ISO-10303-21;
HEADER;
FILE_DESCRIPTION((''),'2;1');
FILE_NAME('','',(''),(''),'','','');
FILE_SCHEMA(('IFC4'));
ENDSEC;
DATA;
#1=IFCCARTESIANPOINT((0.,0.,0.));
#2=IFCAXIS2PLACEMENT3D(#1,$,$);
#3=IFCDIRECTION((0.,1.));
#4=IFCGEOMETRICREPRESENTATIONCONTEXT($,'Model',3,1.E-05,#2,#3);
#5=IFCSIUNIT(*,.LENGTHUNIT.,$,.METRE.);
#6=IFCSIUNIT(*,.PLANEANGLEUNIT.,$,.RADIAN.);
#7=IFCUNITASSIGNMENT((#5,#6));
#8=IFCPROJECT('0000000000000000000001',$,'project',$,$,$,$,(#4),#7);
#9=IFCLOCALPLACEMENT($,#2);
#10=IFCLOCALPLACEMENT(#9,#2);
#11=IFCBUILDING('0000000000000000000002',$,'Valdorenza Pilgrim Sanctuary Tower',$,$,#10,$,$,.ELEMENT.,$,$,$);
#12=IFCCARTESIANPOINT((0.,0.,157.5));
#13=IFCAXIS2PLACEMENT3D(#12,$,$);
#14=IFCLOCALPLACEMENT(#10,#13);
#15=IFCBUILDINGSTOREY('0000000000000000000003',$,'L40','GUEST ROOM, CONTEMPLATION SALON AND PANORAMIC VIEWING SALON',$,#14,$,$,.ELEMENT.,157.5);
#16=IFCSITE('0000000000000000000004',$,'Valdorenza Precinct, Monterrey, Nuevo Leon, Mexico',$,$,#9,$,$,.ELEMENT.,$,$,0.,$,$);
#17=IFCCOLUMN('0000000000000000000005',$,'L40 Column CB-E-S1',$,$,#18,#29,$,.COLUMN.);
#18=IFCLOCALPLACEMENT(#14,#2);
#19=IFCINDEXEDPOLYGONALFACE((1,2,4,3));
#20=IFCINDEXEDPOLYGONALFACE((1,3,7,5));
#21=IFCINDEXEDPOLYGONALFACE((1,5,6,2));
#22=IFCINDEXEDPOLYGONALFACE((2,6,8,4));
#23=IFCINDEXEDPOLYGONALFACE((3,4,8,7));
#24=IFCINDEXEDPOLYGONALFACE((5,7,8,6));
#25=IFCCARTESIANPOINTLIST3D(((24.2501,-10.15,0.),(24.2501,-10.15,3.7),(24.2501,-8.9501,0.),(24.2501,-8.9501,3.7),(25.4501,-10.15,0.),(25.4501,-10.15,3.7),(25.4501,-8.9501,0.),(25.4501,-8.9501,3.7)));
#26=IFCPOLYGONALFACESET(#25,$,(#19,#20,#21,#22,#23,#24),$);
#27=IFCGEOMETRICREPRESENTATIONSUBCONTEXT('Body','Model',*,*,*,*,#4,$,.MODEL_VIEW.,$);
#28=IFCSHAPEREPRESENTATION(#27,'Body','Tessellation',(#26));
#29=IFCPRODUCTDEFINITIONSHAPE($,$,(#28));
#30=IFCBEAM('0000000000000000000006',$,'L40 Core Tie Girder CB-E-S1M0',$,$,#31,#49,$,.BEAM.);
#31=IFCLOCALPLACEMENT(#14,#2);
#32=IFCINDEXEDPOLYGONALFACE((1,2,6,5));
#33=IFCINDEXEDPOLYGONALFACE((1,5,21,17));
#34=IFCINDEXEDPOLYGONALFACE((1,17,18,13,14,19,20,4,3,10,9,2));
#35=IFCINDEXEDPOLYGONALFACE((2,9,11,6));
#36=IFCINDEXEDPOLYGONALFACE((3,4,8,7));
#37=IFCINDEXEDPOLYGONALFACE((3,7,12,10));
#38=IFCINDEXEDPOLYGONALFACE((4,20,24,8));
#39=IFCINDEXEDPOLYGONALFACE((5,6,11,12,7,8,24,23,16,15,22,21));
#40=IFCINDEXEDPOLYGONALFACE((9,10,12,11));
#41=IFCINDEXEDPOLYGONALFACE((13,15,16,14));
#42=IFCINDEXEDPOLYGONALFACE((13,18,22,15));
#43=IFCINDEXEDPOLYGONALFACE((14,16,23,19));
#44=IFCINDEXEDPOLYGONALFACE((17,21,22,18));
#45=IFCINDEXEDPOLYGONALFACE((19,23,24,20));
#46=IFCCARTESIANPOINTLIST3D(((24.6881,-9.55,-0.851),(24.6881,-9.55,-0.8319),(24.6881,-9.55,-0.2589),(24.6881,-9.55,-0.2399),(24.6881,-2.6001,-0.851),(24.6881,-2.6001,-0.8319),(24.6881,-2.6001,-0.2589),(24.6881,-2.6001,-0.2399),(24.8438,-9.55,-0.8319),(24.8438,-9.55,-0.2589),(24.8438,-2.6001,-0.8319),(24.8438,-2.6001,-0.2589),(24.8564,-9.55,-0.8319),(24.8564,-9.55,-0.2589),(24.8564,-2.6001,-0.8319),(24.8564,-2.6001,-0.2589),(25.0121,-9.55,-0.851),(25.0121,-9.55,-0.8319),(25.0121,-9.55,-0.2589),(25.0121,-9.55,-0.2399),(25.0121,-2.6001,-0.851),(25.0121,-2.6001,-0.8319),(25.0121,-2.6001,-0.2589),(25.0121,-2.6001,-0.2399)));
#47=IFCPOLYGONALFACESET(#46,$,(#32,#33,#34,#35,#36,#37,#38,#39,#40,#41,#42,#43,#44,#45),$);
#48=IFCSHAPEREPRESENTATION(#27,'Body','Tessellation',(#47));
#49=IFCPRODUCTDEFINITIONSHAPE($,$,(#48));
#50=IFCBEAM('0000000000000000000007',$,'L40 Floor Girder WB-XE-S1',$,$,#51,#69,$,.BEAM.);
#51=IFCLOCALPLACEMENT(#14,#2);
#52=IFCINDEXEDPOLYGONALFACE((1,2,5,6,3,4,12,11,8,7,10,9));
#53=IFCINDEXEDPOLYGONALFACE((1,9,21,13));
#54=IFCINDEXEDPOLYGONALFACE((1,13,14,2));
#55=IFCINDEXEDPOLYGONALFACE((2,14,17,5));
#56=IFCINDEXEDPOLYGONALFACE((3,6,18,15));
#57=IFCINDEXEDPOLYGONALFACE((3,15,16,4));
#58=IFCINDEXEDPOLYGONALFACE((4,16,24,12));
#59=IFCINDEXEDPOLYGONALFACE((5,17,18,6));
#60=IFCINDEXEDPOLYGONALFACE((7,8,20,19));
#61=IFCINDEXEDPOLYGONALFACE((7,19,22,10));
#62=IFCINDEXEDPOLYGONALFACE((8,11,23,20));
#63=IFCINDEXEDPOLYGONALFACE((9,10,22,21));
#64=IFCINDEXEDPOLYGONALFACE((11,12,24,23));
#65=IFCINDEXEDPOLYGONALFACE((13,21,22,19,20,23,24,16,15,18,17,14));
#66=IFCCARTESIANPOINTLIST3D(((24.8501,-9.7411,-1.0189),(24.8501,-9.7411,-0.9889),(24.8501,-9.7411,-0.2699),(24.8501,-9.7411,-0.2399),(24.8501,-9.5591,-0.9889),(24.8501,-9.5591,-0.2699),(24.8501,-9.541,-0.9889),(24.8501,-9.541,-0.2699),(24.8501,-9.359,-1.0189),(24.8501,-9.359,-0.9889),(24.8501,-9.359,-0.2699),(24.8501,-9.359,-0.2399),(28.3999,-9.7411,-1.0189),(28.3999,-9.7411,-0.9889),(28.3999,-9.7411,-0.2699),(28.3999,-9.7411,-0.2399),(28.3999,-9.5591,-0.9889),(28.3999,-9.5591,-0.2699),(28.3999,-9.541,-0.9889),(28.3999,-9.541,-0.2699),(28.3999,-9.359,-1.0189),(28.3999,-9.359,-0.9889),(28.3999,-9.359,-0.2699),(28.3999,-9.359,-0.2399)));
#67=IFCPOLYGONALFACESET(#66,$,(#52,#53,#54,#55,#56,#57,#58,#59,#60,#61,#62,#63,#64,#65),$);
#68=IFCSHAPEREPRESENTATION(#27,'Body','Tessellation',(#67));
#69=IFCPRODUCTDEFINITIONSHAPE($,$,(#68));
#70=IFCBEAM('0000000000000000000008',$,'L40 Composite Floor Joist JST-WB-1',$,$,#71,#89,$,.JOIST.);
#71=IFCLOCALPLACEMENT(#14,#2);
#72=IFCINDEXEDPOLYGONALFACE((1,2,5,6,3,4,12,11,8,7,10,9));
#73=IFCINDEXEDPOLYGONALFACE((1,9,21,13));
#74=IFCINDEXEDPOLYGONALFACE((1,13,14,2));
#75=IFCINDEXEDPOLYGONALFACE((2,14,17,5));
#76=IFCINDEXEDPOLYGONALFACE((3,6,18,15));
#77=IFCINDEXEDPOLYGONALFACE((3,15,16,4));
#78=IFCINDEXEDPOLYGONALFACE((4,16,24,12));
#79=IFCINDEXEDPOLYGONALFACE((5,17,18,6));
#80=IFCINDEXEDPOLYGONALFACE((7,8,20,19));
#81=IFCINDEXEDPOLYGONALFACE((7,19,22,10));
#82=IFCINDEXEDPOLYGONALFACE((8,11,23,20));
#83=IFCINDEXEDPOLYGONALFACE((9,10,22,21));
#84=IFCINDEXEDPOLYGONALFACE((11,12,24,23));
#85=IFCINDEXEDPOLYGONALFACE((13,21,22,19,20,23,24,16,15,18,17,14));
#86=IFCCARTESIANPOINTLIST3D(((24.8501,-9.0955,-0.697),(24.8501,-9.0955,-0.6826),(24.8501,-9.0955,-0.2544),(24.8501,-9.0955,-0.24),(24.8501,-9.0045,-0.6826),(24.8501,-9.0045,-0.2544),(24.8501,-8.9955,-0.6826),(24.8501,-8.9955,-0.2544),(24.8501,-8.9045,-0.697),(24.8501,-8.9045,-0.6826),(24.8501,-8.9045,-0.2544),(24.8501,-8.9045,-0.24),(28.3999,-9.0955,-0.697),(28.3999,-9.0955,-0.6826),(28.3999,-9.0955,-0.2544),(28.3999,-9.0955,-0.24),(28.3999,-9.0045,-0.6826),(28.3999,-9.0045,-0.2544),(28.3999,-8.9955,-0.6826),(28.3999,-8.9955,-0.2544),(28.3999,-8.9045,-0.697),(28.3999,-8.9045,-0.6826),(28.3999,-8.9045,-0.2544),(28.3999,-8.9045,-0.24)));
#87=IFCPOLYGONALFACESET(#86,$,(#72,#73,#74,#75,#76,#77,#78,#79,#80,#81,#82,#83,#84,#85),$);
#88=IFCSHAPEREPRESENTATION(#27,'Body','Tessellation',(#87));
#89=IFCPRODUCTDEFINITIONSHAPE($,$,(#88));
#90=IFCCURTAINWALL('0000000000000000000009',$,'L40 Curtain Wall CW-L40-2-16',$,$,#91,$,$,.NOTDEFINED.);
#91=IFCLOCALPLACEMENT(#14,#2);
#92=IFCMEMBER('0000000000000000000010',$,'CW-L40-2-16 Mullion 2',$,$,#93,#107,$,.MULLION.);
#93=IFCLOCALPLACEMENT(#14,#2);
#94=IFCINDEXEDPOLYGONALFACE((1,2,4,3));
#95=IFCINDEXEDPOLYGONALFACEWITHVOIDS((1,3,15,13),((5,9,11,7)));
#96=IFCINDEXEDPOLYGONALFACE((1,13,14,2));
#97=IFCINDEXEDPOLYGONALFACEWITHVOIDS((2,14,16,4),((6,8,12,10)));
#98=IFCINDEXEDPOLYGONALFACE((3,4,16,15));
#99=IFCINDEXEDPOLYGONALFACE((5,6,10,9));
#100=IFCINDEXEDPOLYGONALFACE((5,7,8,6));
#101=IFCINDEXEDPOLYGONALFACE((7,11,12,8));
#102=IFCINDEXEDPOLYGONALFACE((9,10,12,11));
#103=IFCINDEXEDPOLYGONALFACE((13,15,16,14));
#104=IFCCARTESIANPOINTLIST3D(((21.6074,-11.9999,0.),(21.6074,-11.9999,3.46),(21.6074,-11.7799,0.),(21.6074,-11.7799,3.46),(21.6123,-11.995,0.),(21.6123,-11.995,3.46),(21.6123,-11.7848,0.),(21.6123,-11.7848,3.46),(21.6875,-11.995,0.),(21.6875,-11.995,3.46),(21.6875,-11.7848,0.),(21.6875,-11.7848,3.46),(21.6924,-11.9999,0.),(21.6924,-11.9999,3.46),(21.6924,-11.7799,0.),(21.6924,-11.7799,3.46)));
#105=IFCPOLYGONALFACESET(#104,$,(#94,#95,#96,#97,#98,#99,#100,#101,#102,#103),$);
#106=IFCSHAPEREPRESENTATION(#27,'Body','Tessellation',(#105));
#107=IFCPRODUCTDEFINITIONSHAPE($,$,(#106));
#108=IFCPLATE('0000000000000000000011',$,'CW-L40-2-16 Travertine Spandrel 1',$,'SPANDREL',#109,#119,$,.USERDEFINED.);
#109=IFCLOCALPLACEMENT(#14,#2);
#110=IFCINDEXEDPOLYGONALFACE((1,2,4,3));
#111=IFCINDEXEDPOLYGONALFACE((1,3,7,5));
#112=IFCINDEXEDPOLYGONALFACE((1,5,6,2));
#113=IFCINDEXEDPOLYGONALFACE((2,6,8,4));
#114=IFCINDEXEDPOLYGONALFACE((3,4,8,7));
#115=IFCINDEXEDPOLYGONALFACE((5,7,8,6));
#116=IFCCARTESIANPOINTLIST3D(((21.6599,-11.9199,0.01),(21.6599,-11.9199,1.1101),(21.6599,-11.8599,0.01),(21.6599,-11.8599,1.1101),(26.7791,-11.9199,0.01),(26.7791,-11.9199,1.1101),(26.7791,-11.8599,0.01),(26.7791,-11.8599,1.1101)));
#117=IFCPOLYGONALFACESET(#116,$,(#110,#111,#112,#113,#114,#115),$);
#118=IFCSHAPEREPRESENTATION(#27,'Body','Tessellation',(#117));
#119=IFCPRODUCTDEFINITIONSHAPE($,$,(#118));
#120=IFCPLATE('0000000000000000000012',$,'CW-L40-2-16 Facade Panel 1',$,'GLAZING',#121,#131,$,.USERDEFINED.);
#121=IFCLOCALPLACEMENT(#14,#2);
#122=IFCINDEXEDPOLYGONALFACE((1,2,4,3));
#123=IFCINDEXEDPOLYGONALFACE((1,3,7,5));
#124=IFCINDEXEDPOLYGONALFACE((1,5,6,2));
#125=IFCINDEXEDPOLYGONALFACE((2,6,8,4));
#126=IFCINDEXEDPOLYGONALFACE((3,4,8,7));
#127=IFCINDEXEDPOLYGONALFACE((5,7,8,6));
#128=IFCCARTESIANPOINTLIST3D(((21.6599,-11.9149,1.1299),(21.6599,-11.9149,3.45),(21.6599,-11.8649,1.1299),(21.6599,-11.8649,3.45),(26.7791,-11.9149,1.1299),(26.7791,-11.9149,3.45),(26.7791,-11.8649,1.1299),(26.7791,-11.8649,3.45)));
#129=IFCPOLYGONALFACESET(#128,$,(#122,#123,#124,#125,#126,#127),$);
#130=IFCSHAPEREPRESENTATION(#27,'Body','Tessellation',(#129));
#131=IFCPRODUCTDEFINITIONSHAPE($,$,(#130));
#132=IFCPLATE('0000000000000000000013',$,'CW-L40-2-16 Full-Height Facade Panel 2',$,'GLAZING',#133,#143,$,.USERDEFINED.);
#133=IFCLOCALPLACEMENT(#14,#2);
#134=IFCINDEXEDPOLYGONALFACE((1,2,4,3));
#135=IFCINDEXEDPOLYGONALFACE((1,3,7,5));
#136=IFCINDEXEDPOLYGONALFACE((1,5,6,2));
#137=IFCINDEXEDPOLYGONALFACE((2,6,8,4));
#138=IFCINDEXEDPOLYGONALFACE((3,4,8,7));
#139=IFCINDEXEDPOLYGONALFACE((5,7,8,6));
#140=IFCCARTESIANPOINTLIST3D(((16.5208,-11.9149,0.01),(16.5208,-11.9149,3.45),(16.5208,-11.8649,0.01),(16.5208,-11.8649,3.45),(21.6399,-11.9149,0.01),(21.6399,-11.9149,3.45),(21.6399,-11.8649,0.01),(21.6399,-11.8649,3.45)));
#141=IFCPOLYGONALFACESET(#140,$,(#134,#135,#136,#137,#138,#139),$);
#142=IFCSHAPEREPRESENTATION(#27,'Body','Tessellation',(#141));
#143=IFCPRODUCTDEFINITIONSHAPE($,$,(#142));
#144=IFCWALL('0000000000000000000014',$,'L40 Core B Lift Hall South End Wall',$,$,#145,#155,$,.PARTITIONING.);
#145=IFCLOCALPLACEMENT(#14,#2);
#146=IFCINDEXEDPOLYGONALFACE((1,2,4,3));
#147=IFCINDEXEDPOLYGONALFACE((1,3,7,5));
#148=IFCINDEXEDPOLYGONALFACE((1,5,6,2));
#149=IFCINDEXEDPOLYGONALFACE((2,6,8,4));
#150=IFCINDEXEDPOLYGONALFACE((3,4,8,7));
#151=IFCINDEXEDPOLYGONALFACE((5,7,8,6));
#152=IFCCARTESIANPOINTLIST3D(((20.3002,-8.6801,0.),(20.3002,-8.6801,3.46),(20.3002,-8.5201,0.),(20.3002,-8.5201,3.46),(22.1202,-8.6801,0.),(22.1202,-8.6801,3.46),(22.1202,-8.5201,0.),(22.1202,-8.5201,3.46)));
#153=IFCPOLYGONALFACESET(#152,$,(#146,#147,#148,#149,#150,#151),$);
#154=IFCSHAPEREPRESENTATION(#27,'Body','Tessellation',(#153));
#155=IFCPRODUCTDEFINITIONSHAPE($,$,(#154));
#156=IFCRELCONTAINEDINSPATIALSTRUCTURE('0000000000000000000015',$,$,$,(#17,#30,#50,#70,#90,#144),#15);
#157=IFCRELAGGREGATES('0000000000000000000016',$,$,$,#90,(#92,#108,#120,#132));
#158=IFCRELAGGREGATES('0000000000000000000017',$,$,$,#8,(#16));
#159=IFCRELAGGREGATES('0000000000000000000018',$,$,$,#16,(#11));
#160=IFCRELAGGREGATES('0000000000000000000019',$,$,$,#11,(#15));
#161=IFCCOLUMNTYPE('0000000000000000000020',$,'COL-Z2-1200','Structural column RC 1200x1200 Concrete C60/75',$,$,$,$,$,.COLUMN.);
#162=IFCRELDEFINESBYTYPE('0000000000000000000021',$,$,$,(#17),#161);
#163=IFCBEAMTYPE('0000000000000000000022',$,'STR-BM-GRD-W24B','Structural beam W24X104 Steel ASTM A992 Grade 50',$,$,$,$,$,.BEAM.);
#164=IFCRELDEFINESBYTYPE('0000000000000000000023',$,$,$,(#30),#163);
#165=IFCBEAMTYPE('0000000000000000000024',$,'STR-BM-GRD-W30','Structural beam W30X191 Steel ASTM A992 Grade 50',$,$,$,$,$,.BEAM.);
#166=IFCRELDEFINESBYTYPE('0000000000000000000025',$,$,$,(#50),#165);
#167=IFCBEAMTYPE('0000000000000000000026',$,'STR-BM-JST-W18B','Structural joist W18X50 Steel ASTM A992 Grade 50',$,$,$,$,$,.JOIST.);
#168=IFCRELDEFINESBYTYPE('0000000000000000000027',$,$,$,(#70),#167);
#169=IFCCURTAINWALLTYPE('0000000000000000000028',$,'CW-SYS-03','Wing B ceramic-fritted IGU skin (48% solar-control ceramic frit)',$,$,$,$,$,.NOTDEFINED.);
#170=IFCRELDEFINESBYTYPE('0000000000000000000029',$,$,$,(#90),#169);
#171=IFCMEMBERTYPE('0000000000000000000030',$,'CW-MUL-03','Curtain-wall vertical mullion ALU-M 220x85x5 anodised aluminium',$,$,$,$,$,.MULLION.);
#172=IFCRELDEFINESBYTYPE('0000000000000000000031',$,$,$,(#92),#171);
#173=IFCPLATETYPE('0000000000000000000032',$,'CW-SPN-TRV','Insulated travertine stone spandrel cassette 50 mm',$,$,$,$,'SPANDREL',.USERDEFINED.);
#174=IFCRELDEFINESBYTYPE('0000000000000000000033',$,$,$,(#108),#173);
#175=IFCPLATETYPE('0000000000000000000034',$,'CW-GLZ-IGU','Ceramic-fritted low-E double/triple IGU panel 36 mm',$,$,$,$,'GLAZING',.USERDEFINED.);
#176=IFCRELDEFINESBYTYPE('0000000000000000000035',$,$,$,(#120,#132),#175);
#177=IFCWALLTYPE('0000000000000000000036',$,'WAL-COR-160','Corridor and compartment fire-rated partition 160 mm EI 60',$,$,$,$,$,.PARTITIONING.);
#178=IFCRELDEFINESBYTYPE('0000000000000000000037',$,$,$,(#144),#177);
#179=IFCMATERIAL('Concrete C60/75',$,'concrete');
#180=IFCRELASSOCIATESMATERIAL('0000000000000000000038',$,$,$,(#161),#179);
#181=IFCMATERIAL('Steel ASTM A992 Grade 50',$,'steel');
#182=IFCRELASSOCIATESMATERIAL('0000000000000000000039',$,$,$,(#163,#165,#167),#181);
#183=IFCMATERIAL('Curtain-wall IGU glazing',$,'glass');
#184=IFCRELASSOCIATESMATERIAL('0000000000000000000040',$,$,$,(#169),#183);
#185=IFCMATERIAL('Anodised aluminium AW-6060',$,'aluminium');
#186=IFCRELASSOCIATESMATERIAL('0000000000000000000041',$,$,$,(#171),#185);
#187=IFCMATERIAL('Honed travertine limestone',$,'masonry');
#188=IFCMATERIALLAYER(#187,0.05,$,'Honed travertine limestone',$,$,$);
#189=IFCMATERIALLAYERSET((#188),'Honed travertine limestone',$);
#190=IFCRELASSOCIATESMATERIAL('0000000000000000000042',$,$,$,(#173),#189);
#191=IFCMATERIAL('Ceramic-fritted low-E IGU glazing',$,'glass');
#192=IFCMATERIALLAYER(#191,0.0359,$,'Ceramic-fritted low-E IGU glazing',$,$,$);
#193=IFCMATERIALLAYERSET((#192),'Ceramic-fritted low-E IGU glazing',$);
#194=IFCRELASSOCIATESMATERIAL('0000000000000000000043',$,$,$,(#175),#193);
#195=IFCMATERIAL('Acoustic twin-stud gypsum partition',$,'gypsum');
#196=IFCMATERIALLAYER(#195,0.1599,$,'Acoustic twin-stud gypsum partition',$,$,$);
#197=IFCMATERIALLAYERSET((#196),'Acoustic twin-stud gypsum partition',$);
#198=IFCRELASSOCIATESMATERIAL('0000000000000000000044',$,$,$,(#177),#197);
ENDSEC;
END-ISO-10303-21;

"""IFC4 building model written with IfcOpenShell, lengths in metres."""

from ifc_helpers import new_model, si_unit, direction, frame, frame_2d, origin, origin_2d, place, context, subcontext, project, spatial, rectangle, hollow_rectangle, i_section, extrude, source, transform, mapped, material, layer, layer_set, material_profile, profile_set, type_object, element, aggregate, save


model = new_model("IFC4")

# Units and contexts
model_context = context("Model", 3, precision=1e-05, world=origin(), true_north=direction((0.0, 1.0)))
body_context = subcontext(model_context, "Body", "Model", "MODEL_VIEW")
ifc_project = project(units=[si_unit("LENGTHUNIT", "METRE"), si_unit("PLANEANGLEUNIT", "RADIAN")], contexts=[model_context])

# Site, building, storey
site_placement = place(None, origin())
site = spatial("IfcSite", under=ifc_project, at=site_placement, Name="Valdorenza Precinct, Monterrey, Nuevo Leon, Mexico", CompositionType="ELEMENT", RefElevation=0.0)
building_placement = place(site_placement, origin())
building = spatial("IfcBuilding", under=site, at=building_placement, Name="Valdorenza Pilgrim Sanctuary Tower", CompositionType="ELEMENT")
storey_placement = place(building_placement, frame((0.0, 0.0, 157.5)))
storey = spatial("IfcBuildingStorey", under=building, at=storey_placement, Name="L40", Description="GUEST ROOM, CONTEMPLATION SALON AND PANORAMIC VIEWING SALON", CompositionType="ELEMENT", Elevation=157.5)

# Column
ifc_material_1 = material(Name="Concrete C60/75", Category="concrete")
ifc_material_profile_1 = material_profile(ifc_material_1, rectangle(XDim=1.2, YDim=1.2, at=origin_2d()), Name="RC 1200x1200")
ifc_profile_set_1 = profile_set([ifc_material_profile_1], Name="Concrete C60/75")
column_type = type_object("IfcColumnType", Name="COL-Z2-1200", Description="Structural column RC 1200x1200 Concrete C60/75", PredefinedType="COLUMN", material=ifc_profile_set_1)
shared_shape_1 = source(origin(), body_context, "Body", "SweptSolid", [
    extrude(rectangle(XDim=1.2, YDim=1.2, at=origin_2d()), origin(), (0.0, 0.0, 1.0), 3.7),
])
column_placement = place(storey_placement, frame((24.8501, -9.55, 0.0), z_axis=(0.0, 0.0, 1.0), x_axis=(1.0, 0.0, 0.0)))
element("IfcColumn", 1, at=column_placement, inside=storey, type_object=column_type, Name="L40 Column CB-E-S1", PredefinedType="COLUMN", context=body_context, shape_type="MappedRepresentation", body=[
    mapped(shared_shape_1, transform((0.0, 0.0, 0.0), x_axis=(1.0, 0.0, 0.0), y_axis=(0.0, 1.0, 0.0), z_axis=(0.0, 0.0, 1.0), scale=1.0)),
])

# Beams
ifc_material_2 = material(Name="Steel ASTM A992 Grade 50", Category="steel")
ifc_material_profile_2 = material_profile(ifc_material_2, i_section(OverallWidth=0.324, OverallDepth=0.6111, WebThickness=0.0127, FlangeThickness=0.019, at=origin_2d()), Name="W24X104")
ifc_profile_set_2 = profile_set([ifc_material_profile_2], Name="Steel ASTM A992 Grade 50")
beam_type_1 = type_object("IfcBeamType", Name="STR-BM-GRD-W24B", Description="Structural beam W24X104 Steel ASTM A992 Grade 50", PredefinedType="BEAM", material=ifc_profile_set_2)
shared_shape_2 = source(origin(), body_context, "Body", "SweptSolid", [
    extrude(i_section(OverallWidth=0.324, OverallDepth=0.6111, WebThickness=0.0127, FlangeThickness=0.019, at=origin_2d()), origin(), (0.0, 0.0, 1.0), 6.95),
])
beam_1_placement = place(storey_placement, frame((24.8501, -9.55, -0.5454), z_axis=(0.0, 1.0, 0.0), x_axis=(-1.0, 0.0, 0.0)))
element("IfcBeam", 2, at=beam_1_placement, inside=storey, type_object=beam_type_1, Name="L40 Core Tie Girder CB-E-S1M0", PredefinedType="BEAM", context=body_context, shape_type="MappedRepresentation", body=[
    mapped(shared_shape_2, transform((0.0, 0.0, 0.0), x_axis=(1.0, 0.0, 0.0), y_axis=(0.0, 1.0, 0.0), z_axis=(0.0, 0.0, 1.0), scale=1.0)),
])
ifc_material_profile_3 = material_profile(ifc_material_2, i_section(OverallWidth=0.3821, OverallDepth=0.7791, WebThickness=0.0181, FlangeThickness=0.03, at=origin_2d()), Name="W30X191")
ifc_profile_set_3 = profile_set([ifc_material_profile_3], Name="Steel ASTM A992 Grade 50")
beam_type_2 = type_object("IfcBeamType", Name="STR-BM-GRD-W30", Description="Structural beam W30X191 Steel ASTM A992 Grade 50", PredefinedType="BEAM", material=ifc_profile_set_3)
shared_shape_3 = source(origin(), body_context, "Body", "SweptSolid", [
    extrude(i_section(OverallWidth=0.3821, OverallDepth=0.7791, WebThickness=0.0181, FlangeThickness=0.03, at=origin_2d()), origin(), (0.0, 0.0, 1.0), 3.5498),
])
beam_2_placement = place(storey_placement, frame((24.8501, -9.55, -0.6294), z_axis=(1.0, 0.0, 0.0), x_axis=(0.0, 1.0, 0.0)))
element("IfcBeam", 3, at=beam_2_placement, inside=storey, type_object=beam_type_2, Name="L40 Floor Girder WB-XE-S1", PredefinedType="BEAM", context=body_context, shape_type="MappedRepresentation", body=[
    mapped(shared_shape_3, transform((0.0, 0.0, 0.0), x_axis=(1.0, 0.0, 0.0), y_axis=(0.0, 1.0, 0.0), z_axis=(0.0, 0.0, 1.0), scale=1.0)),
])
ifc_material_profile_4 = material_profile(ifc_material_2, i_section(OverallWidth=0.1909, OverallDepth=0.457, WebThickness=0.009, FlangeThickness=0.0144, at=origin_2d()), Name="W18X50")
ifc_profile_set_4 = profile_set([ifc_material_profile_4], Name="Steel ASTM A992 Grade 50")
beam_type_3 = type_object("IfcBeamType", Name="STR-BM-JST-W18B", Description="Structural joist W18X50 Steel ASTM A992 Grade 50", PredefinedType="JOIST", material=ifc_profile_set_4)
shared_shape_4 = source(origin(), body_context, "Body", "SweptSolid", [
    extrude(i_section(OverallWidth=0.1909, OverallDepth=0.457, WebThickness=0.009, FlangeThickness=0.0144, at=origin_2d()), origin(), (0.0, 0.0, 1.0), 3.5498),
])
beam_3_placement = place(storey_placement, frame((24.8501, -9.0, -0.4685), z_axis=(1.0, 0.0, 0.0), x_axis=(0.0, 1.0, 0.0)))
element("IfcBeam", 4, at=beam_3_placement, inside=storey, type_object=beam_type_3, Name="L40 Composite Floor Joist JST-WB-1", PredefinedType="JOIST", context=body_context, shape_type="MappedRepresentation", body=[
    mapped(shared_shape_4, transform((0.0, 0.0, 0.0), x_axis=(1.0, 0.0, 0.0), y_axis=(0.0, 1.0, 0.0), z_axis=(0.0, 0.0, 1.0), scale=1.0)),
])

# Curtain wall, member, plates
ifc_material_3 = material(Name="Curtain-wall IGU glazing", Category="glass")
curtain_wall_type = type_object("IfcCurtainWallType", Name="CW-SYS-03", Description="Wing B ceramic-fritted IGU skin (48% solar-control ceramic frit)", PredefinedType="NOTDEFINED", material=ifc_material_3)
curtain_wall_placement = place(storey_placement, origin())
curtain_wall = element("IfcCurtainWall", 5, at=curtain_wall_placement, inside=storey, type_object=curtain_wall_type, Name="L40 Curtain Wall CW-L40-2-16", PredefinedType="NOTDEFINED")
ifc_material_4 = material(Name="Anodised aluminium AW-6060", Category="aluminium")
ifc_material_profile_5 = material_profile(ifc_material_4, hollow_rectangle(XDim=0.085, YDim=0.22, WallThickness=0.0049, at=origin_2d()), Name="ALU-M 220x85x5")
ifc_profile_set_5 = profile_set([ifc_material_profile_5], Name="Anodised aluminium AW-6060")
member_type = type_object("IfcMemberType", Name="CW-MUL-03", Description="Curtain-wall vertical mullion ALU-M 220x85x5 anodised aluminium", PredefinedType="MULLION", material=ifc_profile_set_5)
shared_shape_5 = source(origin(), body_context, "Body", "SweptSolid", [
    extrude(hollow_rectangle(XDim=0.085, YDim=0.22, WallThickness=0.0049, at=origin_2d()), origin(), (0.0, 0.0, 1.0), 3.46),
])
member_placement = place(storey_placement, frame((21.6499, -11.8899, 0.0), z_axis=(0.0, 0.0, 1.0), x_axis=(-1.0, 0.0, 0.0)))
member = element("IfcMember", 6, at=member_placement, type_object=member_type, Name="CW-L40-2-16 Mullion 2", PredefinedType="MULLION", context=body_context, shape_type="MappedRepresentation", body=[
    mapped(shared_shape_5, transform((0.0, 0.0, 0.0), x_axis=(1.0, 0.0, 0.0), y_axis=(0.0, 1.0, 0.0), z_axis=(0.0, 0.0, 1.0), scale=1.0)),
])
ifc_material_5 = material(Name="Honed travertine limestone", Category="masonry")
ifc_layer_1 = layer(ifc_material_5, 0.05, Name="Honed travertine limestone")
ifc_layer_set_1 = layer_set([ifc_layer_1], Name="Honed travertine limestone")
plate_type_1 = type_object("IfcPlateType", Name="CW-SPN-TRV", Description="Insulated travertine stone spandrel cassette 50 mm", ElementType="SPANDREL", PredefinedType="USERDEFINED", material=ifc_layer_set_1)
shared_shape_6 = source(origin(), body_context, "Body", "SweptSolid", [
    extrude(rectangle(XDim=5.1191, YDim=0.0601, at=origin_2d()), origin(), (0.0, 0.0, 1.0), 1.1001),
])
plate_1_placement = place(storey_placement, frame((24.2195, -11.8899, 0.01), z_axis=(0.0, 0.0, 1.0), x_axis=(-1.0, 0.0, 0.0)))
plate_1 = element("IfcPlate", 7, at=plate_1_placement, type_object=plate_type_1, Name="CW-L40-2-16 Travertine Spandrel 1", ObjectType="SPANDREL", PredefinedType="USERDEFINED", context=body_context, shape_type="MappedRepresentation", body=[
    mapped(shared_shape_6, transform((0.0, 0.0, 0.0), x_axis=(1.0, 0.0, 0.0), y_axis=(0.0, 1.0, 0.0), z_axis=(0.0, 0.0, 1.0), scale=1.0)),
])
ifc_material_6 = material(Name="Ceramic-fritted low-E IGU glazing", Category="glass")
ifc_layer_2 = layer(ifc_material_6, 0.0359, Name="Ceramic-fritted low-E IGU glazing")
ifc_layer_set_2 = layer_set([ifc_layer_2], Name="Ceramic-fritted low-E IGU glazing")
plate_type_2 = type_object("IfcPlateType", Name="CW-GLZ-IGU", Description="Ceramic-fritted low-E double/triple IGU panel 36 mm", ElementType="GLAZING", PredefinedType="USERDEFINED", material=ifc_layer_set_2)
shared_shape_7 = source(origin(), body_context, "Body", "SweptSolid", [
    extrude(rectangle(XDim=5.1191, YDim=0.05, at=origin_2d()), origin(), (0.0, 0.0, 1.0), 2.3201),
])
plate_2_placement = place(storey_placement, frame((24.2195, -11.8899, 1.1299), z_axis=(0.0, 0.0, 1.0), x_axis=(-1.0, 0.0, 0.0)))
plate_2 = element("IfcPlate", 8, at=plate_2_placement, type_object=plate_type_2, Name="CW-L40-2-16 Facade Panel 1", ObjectType="GLAZING", PredefinedType="USERDEFINED", context=body_context, shape_type="MappedRepresentation", body=[
    mapped(shared_shape_7, transform((0.0, 0.0, 0.0), x_axis=(1.0, 0.0, 0.0), y_axis=(0.0, 1.0, 0.0), z_axis=(0.0, 0.0, 1.0), scale=1.0)),
])
shared_shape_8 = source(origin(), body_context, "Body", "SweptSolid", [
    extrude(rectangle(XDim=5.1191, YDim=0.05, at=origin_2d()), origin(), (0.0, 0.0, 1.0), 3.4399),
])
plate_3_placement = place(storey_placement, frame((19.0803, -11.8899, 0.01), z_axis=(0.0, 0.0, 1.0), x_axis=(-1.0, 0.0, 0.0)))
plate_3 = element("IfcPlate", 9, at=plate_3_placement, type_object=plate_type_2, Name="CW-L40-2-16 Full-Height Facade Panel 2", ObjectType="GLAZING", PredefinedType="USERDEFINED", context=body_context, shape_type="MappedRepresentation", body=[
    mapped(shared_shape_8, transform((0.0, 0.0, 0.0), x_axis=(1.0, 0.0, 0.0), y_axis=(0.0, 1.0, 0.0), z_axis=(0.0, 0.0, 1.0), scale=1.0)),
])
aggregate(curtain_wall, [member, plate_1, plate_2, plate_3])

# Wall
ifc_material_7 = material(Name="Acoustic twin-stud gypsum partition", Category="gypsum")
ifc_layer_3 = layer(ifc_material_7, 0.1599, Name="Acoustic twin-stud gypsum partition")
ifc_layer_set_3 = layer_set([ifc_layer_3], Name="Acoustic twin-stud gypsum partition")
wall_type_1 = type_object("IfcWallType", Name="WAL-COR-160", Description="Corridor and compartment fire-rated partition 160 mm EI 60", PredefinedType="PARTITIONING", material=ifc_layer_set_3)
wall_1_placement = place(storey_placement, frame((20.3, -8.6001, 0.0), z_axis=(0.0, 0.0, 1.0), x_axis=(1.0, 0.0, 0.0)))
element("IfcWall", 10, at=wall_1_placement, inside=storey, type_object=wall_type_1, Name="L40 Core B Lift Hall South End Wall", PredefinedType="PARTITIONING", context=body_context, shape_type="SweptSolid", body=[
    extrude(rectangle(XDim=1.8201, YDim=0.1599, at=frame_2d((0.9102, 0.0))), origin(), (0.0, 0.0, 1.0), 3.46),
])

save(model, "model.ifc")
